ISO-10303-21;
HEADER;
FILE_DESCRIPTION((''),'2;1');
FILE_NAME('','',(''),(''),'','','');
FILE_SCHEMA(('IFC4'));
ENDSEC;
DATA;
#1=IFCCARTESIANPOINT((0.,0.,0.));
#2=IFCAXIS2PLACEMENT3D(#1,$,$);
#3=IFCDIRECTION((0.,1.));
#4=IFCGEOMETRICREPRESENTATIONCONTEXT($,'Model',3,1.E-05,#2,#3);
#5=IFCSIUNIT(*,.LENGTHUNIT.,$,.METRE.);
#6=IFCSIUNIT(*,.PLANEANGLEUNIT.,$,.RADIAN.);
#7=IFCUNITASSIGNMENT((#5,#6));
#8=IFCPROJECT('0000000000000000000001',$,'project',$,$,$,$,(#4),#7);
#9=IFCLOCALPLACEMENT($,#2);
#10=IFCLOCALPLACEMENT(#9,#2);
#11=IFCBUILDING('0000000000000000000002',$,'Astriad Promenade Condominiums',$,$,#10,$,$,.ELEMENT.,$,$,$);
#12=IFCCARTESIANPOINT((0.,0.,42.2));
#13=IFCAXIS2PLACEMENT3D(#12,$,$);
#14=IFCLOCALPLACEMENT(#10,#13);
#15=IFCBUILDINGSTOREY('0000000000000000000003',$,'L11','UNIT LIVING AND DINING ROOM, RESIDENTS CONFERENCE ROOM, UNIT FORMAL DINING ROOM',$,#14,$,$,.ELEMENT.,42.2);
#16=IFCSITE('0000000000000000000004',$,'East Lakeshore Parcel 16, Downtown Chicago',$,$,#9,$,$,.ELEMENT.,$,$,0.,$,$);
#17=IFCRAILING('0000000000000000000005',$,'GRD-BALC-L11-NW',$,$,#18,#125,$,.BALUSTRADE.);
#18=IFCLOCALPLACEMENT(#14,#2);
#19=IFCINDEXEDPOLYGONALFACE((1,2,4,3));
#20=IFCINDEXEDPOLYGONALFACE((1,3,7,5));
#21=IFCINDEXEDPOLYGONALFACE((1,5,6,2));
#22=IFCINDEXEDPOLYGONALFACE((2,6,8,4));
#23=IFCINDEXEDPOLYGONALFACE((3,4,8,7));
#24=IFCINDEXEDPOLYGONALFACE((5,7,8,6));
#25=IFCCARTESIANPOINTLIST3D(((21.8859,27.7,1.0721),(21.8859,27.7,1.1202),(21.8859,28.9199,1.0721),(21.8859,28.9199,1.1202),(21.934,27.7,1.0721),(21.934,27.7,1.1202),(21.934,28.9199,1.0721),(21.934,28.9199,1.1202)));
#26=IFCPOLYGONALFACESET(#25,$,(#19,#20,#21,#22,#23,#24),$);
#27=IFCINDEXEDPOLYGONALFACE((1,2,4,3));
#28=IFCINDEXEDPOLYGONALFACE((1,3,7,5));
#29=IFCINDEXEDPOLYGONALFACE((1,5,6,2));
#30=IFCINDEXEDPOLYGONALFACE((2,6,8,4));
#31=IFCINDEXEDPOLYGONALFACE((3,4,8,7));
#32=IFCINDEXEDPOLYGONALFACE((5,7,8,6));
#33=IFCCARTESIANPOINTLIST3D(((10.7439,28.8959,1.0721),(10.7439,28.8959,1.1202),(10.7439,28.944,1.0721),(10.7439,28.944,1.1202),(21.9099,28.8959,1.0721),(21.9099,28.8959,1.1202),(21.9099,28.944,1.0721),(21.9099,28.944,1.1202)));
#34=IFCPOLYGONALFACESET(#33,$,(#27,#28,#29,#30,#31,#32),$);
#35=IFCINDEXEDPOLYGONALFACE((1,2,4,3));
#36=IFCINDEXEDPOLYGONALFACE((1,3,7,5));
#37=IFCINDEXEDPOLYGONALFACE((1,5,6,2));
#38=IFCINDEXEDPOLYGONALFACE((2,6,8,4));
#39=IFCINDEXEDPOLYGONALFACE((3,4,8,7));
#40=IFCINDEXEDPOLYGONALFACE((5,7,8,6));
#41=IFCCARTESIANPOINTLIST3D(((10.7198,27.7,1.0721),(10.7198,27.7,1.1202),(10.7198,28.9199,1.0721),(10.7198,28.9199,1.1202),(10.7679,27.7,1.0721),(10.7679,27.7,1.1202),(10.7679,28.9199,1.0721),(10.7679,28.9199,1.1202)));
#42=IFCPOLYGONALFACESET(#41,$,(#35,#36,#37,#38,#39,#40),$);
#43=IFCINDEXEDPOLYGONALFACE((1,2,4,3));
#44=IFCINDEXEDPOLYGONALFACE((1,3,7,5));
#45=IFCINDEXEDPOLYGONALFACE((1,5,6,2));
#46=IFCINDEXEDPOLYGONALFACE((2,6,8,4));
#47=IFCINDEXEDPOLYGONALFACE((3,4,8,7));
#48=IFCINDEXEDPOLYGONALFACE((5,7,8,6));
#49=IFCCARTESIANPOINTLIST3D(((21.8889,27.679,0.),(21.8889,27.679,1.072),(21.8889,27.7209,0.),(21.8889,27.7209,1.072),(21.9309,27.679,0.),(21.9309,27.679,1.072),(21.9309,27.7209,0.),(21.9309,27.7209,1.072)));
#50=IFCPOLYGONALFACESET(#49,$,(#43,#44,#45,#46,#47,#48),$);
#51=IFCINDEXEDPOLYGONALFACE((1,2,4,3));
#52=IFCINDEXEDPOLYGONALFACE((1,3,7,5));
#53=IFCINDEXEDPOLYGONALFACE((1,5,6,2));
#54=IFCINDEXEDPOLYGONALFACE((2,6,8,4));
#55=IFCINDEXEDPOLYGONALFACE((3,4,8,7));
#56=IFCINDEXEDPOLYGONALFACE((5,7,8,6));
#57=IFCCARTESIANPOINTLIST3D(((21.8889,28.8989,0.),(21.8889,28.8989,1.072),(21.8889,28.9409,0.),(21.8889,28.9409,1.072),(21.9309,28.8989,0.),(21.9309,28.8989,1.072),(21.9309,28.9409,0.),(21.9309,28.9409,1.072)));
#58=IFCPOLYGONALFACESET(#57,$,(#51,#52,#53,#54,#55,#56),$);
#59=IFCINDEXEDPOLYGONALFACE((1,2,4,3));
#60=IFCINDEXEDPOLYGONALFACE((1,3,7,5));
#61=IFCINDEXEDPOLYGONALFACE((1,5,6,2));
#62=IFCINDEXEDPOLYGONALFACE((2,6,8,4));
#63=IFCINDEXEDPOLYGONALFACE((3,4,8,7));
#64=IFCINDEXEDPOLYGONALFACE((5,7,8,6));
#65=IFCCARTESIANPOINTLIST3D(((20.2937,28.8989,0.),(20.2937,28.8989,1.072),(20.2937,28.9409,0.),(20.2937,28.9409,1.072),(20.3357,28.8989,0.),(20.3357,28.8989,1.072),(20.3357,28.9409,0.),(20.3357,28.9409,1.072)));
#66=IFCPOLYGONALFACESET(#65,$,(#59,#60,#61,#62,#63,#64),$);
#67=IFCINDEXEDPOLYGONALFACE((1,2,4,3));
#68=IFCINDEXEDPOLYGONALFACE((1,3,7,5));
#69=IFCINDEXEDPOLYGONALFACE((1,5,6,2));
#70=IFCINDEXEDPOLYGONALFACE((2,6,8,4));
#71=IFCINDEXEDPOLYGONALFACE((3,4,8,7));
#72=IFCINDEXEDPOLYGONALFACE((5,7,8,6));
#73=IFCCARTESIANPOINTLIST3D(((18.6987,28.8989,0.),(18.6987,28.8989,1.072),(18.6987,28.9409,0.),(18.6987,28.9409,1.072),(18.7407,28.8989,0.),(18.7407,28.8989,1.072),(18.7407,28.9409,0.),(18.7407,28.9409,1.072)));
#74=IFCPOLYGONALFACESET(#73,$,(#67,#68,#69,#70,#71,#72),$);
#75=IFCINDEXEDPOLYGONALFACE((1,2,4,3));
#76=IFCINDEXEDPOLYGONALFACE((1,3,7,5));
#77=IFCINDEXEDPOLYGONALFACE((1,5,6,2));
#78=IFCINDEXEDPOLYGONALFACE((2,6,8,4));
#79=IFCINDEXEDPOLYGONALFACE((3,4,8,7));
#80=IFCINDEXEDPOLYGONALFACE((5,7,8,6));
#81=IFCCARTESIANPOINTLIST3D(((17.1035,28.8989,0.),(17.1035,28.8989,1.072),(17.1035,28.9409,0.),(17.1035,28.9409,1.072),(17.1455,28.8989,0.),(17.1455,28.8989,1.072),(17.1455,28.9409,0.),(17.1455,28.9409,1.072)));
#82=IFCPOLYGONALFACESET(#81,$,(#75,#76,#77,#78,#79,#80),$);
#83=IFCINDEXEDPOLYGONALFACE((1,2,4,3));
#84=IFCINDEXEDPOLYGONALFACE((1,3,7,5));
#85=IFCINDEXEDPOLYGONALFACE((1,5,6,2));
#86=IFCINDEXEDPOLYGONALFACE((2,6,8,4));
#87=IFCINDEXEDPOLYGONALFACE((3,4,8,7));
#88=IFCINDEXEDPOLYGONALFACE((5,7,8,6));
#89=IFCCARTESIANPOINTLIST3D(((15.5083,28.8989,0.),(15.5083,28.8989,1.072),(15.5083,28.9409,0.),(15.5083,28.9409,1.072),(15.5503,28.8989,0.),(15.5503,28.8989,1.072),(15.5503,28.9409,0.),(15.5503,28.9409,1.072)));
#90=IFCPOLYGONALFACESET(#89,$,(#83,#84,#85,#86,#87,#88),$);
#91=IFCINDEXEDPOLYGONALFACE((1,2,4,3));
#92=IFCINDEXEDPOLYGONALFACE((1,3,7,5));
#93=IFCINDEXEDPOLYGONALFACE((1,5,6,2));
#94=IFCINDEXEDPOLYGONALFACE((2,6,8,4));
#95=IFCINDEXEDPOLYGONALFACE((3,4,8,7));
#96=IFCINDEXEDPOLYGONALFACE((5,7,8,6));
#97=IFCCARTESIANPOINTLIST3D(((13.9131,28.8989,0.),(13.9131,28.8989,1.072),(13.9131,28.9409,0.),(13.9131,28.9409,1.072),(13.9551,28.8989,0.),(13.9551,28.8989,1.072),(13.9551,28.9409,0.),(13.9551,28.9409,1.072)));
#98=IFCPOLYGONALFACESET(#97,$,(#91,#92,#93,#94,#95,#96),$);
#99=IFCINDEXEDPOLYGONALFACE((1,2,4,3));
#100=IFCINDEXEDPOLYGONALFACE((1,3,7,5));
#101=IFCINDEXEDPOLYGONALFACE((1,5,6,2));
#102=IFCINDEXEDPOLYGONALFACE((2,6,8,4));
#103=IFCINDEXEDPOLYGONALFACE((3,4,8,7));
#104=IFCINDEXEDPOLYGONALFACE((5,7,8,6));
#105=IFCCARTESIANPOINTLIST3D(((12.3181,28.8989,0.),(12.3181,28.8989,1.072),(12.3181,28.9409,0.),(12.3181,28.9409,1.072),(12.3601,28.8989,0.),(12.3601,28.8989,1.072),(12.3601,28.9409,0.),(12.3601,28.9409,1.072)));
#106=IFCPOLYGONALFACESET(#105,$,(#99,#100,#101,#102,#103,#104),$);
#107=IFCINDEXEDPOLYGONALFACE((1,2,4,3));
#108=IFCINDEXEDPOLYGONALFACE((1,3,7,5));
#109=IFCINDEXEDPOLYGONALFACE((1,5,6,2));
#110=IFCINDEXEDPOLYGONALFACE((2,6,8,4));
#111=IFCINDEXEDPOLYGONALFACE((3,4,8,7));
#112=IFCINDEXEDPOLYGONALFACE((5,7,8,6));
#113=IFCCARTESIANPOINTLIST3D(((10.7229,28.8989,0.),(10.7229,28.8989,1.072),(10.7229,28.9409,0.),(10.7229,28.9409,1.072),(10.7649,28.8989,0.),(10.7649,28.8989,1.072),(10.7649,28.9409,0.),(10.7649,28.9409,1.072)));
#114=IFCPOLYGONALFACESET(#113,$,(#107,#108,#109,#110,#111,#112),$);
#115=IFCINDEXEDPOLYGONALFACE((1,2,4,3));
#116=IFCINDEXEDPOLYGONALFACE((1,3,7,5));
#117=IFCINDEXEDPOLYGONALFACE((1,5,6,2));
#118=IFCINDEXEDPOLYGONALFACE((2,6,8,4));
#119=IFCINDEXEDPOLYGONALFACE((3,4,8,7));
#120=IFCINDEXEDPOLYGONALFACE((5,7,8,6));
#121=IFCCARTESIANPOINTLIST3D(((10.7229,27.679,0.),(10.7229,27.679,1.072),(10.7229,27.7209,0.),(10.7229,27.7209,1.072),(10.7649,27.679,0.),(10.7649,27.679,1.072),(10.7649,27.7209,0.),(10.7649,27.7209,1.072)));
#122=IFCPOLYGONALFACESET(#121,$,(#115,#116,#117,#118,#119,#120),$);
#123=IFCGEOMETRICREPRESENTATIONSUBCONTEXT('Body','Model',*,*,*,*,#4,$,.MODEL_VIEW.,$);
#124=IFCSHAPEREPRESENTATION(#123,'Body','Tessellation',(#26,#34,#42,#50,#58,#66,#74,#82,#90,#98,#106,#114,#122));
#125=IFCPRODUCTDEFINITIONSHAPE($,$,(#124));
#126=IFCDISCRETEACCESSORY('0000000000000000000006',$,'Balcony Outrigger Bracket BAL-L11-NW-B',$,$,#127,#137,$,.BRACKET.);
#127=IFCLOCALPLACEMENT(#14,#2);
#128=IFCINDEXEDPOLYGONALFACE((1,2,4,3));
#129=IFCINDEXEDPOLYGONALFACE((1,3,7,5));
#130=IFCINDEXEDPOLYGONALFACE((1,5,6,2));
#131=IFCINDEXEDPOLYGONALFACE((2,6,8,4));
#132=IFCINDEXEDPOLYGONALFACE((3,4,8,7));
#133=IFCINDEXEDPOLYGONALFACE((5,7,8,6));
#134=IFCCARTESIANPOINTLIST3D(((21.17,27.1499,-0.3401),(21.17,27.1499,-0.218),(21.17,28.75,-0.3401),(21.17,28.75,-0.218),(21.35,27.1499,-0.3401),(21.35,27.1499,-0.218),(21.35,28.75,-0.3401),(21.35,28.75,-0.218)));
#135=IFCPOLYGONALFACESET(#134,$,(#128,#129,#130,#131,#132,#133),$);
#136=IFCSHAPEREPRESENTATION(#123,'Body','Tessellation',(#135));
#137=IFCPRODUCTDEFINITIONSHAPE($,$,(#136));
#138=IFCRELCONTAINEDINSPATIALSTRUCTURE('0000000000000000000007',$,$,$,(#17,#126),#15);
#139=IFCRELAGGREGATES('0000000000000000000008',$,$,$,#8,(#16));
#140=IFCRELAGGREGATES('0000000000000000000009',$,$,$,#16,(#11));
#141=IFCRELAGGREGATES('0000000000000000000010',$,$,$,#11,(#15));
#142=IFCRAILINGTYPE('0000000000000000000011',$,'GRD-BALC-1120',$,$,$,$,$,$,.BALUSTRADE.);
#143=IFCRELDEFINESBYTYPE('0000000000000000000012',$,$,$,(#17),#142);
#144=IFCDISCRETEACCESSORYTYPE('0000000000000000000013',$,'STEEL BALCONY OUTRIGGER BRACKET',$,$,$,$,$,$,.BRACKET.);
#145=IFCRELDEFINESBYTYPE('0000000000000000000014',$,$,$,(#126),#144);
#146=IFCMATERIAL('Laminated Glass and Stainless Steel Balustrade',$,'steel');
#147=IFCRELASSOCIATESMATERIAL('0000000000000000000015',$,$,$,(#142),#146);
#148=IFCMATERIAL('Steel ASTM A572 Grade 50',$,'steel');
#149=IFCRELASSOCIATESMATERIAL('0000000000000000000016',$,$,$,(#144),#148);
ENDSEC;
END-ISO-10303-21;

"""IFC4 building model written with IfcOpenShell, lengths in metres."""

from ifc_helpers import new_model, si_unit, direction, frame, origin, origin_2d, place, context, subcontext, project, spatial, rectangle, extrude, source, transform, mapped, material, type_object, type_shapes, element, save


model = new_model("IFC4")

# Units and contexts
model_context = context("Model", 3, precision=1e-05, world=origin(), true_north=direction((0.0, 1.0)))
body_context = subcontext(model_context, "Body", "Model", "MODEL_VIEW")
ifc_project = project(units=[si_unit("LENGTHUNIT", "METRE"), si_unit("PLANEANGLEUNIT", "RADIAN")], contexts=[model_context])

# Site, building, storey
site_placement = place(None, origin())
site = spatial("IfcSite", under=ifc_project, at=site_placement, Name="East Lakeshore Parcel 16, Downtown Chicago", CompositionType="ELEMENT", RefElevation=0.0)
building_placement = place(site_placement, origin())
building = spatial("IfcBuilding", under=site, at=building_placement, Name="Astriad Promenade Condominiums", CompositionType="ELEMENT")
storey_placement = place(building_placement, frame((0.0, 0.0, 42.2)))
storey = spatial("IfcBuildingStorey", under=building, at=storey_placement, Name="L11", Description="UNIT LIVING AND DINING ROOM, RESIDENTS CONFERENCE ROOM, UNIT FORMAL DINING ROOM", CompositionType="ELEMENT", Elevation=42.2)

# Railing
ifc_material_1 = material(Name="Laminated Glass and Stainless Steel Balustrade", Category="steel")
railing_type = type_object("IfcRailingType", Name="GRD-BALC-1120", PredefinedType="BALUSTRADE", material=ifc_material_1)
shared_shape_1 = source(origin(), body_context, "Body", "SweptSolid", [
    extrude(rectangle(XDim=0.0481, YDim=0.0481, at=origin_2d()), frame((0.0, 0.0, 1.0962), z_axis=(0.0, 1.0, 0.0), x_axis=(-1.0, 0.0, 0.0)), (0.0, 0.0, 1.0), 1.22),
    extrude(rectangle(XDim=0.0481, YDim=0.0481, at=origin_2d()), frame((0.0, 1.22, 1.0962), z_axis=(-1.0, 0.0, 0.0), x_axis=(0.0, -1.0, 0.0)), (0.0, 0.0, 1.0), 11.166),
    extrude(rectangle(XDim=0.0481, YDim=0.0481, at=origin_2d()), frame((-11.166, 1.22, 1.0962), z_axis=(0.0, -1.0, 0.0), x_axis=(1.0, 0.0, 0.0)), (0.0, 0.0, 1.0), 1.22),
    extrude(rectangle(XDim=0.042, YDim=0.042, at=origin_2d()), origin(), (0.0, 0.0, 1.0), 1.072),
    extrude(rectangle(XDim=0.042, YDim=0.042, at=origin_2d()), frame((0.0, 1.22, 0.0)), (0.0, 0.0, 1.0), 1.072),
    extrude(rectangle(XDim=0.042, YDim=0.042, at=origin_2d()), frame((-1.5952, 1.22, 0.0)), (0.0, 0.0, 1.0), 1.072),
    extrude(rectangle(XDim=0.042, YDim=0.042, at=origin_2d()), frame((-3.1902, 1.22, 0.0)), (0.0, 0.0, 1.0), 1.072),
    extrude(rectangle(XDim=0.042, YDim=0.042, at=origin_2d()), frame((-4.7854, 1.22, 0.0)), (0.0, 0.0, 1.0), 1.072),
    extrude(rectangle(XDim=0.042, YDim=0.042, at=origin_2d()), frame((-6.3806, 1.22, 0.0)), (0.0, 0.0, 1.0), 1.072),
    extrude(rectangle(XDim=0.042, YDim=0.042, at=origin_2d()), frame((-7.9758, 1.22, 0.0)), (0.0, 0.0, 1.0), 1.072),
    extrude(rectangle(XDim=0.042, YDim=0.042, at=origin_2d()), frame((-9.5708, 1.22, 0.0)), (0.0, 0.0, 1.0), 1.072),
    extrude(rectangle(XDim=0.042, YDim=0.042, at=origin_2d()), frame((-11.166, 1.22, 0.0)), (0.0, 0.0, 1.0), 1.072),
    extrude(rectangle(XDim=0.042, YDim=0.042, at=origin_2d()), frame((-11.166, 0.0, 0.0)), (0.0, 0.0, 1.0), 1.072),
])
type_shapes(railing_type, [shared_shape_1])
railing_placement = place(storey_placement, frame((21.9099, 27.7, 0.0)))
element("IfcRailing", 1, at=railing_placement, inside=storey, type_object=railing_type, Name="GRD-BALC-L11-NW", PredefinedType="BALUSTRADE", context=body_context, shape_type="MappedRepresentation", body=[
    mapped(shared_shape_1, transform((0.0, 0.0, 0.0), scale=1.0)),
])

# Discrete accessory
ifc_material_2 = material(Name="Steel ASTM A572 Grade 50", Category="steel")
discrete_accessory_type = type_object("IfcDiscreteAccessoryType", Name="STEEL BALCONY OUTRIGGER BRACKET", PredefinedType="BRACKET", material=ifc_material_2)
shared_shape_2 = source(origin(), body_context, "Body", "SweptSolid", [
    extrude(rectangle(XDim=1.6001, YDim=0.1799, at=origin_2d()), origin(), (0.0, 0.0, 1.0), 0.1221),
])
type_shapes(discrete_accessory_type, [shared_shape_2])
discrete_accessory_placement = place(storey_placement, frame((21.26, 27.95, -0.3401), z_axis=(0.0, 0.0, 1.0), x_axis=(0.0, 1.0, 0.0)))
element("IfcDiscreteAccessory", 2, at=discrete_accessory_placement, inside=storey, type_object=discrete_accessory_type, Name="Balcony Outrigger Bracket BAL-L11-NW-B", PredefinedType="BRACKET", context=body_context, shape_type="MappedRepresentation", body=[
    mapped(shared_shape_2, transform((0.0, 0.0, 0.0), scale=1.0)),
])

save(model, "model.ifc")
